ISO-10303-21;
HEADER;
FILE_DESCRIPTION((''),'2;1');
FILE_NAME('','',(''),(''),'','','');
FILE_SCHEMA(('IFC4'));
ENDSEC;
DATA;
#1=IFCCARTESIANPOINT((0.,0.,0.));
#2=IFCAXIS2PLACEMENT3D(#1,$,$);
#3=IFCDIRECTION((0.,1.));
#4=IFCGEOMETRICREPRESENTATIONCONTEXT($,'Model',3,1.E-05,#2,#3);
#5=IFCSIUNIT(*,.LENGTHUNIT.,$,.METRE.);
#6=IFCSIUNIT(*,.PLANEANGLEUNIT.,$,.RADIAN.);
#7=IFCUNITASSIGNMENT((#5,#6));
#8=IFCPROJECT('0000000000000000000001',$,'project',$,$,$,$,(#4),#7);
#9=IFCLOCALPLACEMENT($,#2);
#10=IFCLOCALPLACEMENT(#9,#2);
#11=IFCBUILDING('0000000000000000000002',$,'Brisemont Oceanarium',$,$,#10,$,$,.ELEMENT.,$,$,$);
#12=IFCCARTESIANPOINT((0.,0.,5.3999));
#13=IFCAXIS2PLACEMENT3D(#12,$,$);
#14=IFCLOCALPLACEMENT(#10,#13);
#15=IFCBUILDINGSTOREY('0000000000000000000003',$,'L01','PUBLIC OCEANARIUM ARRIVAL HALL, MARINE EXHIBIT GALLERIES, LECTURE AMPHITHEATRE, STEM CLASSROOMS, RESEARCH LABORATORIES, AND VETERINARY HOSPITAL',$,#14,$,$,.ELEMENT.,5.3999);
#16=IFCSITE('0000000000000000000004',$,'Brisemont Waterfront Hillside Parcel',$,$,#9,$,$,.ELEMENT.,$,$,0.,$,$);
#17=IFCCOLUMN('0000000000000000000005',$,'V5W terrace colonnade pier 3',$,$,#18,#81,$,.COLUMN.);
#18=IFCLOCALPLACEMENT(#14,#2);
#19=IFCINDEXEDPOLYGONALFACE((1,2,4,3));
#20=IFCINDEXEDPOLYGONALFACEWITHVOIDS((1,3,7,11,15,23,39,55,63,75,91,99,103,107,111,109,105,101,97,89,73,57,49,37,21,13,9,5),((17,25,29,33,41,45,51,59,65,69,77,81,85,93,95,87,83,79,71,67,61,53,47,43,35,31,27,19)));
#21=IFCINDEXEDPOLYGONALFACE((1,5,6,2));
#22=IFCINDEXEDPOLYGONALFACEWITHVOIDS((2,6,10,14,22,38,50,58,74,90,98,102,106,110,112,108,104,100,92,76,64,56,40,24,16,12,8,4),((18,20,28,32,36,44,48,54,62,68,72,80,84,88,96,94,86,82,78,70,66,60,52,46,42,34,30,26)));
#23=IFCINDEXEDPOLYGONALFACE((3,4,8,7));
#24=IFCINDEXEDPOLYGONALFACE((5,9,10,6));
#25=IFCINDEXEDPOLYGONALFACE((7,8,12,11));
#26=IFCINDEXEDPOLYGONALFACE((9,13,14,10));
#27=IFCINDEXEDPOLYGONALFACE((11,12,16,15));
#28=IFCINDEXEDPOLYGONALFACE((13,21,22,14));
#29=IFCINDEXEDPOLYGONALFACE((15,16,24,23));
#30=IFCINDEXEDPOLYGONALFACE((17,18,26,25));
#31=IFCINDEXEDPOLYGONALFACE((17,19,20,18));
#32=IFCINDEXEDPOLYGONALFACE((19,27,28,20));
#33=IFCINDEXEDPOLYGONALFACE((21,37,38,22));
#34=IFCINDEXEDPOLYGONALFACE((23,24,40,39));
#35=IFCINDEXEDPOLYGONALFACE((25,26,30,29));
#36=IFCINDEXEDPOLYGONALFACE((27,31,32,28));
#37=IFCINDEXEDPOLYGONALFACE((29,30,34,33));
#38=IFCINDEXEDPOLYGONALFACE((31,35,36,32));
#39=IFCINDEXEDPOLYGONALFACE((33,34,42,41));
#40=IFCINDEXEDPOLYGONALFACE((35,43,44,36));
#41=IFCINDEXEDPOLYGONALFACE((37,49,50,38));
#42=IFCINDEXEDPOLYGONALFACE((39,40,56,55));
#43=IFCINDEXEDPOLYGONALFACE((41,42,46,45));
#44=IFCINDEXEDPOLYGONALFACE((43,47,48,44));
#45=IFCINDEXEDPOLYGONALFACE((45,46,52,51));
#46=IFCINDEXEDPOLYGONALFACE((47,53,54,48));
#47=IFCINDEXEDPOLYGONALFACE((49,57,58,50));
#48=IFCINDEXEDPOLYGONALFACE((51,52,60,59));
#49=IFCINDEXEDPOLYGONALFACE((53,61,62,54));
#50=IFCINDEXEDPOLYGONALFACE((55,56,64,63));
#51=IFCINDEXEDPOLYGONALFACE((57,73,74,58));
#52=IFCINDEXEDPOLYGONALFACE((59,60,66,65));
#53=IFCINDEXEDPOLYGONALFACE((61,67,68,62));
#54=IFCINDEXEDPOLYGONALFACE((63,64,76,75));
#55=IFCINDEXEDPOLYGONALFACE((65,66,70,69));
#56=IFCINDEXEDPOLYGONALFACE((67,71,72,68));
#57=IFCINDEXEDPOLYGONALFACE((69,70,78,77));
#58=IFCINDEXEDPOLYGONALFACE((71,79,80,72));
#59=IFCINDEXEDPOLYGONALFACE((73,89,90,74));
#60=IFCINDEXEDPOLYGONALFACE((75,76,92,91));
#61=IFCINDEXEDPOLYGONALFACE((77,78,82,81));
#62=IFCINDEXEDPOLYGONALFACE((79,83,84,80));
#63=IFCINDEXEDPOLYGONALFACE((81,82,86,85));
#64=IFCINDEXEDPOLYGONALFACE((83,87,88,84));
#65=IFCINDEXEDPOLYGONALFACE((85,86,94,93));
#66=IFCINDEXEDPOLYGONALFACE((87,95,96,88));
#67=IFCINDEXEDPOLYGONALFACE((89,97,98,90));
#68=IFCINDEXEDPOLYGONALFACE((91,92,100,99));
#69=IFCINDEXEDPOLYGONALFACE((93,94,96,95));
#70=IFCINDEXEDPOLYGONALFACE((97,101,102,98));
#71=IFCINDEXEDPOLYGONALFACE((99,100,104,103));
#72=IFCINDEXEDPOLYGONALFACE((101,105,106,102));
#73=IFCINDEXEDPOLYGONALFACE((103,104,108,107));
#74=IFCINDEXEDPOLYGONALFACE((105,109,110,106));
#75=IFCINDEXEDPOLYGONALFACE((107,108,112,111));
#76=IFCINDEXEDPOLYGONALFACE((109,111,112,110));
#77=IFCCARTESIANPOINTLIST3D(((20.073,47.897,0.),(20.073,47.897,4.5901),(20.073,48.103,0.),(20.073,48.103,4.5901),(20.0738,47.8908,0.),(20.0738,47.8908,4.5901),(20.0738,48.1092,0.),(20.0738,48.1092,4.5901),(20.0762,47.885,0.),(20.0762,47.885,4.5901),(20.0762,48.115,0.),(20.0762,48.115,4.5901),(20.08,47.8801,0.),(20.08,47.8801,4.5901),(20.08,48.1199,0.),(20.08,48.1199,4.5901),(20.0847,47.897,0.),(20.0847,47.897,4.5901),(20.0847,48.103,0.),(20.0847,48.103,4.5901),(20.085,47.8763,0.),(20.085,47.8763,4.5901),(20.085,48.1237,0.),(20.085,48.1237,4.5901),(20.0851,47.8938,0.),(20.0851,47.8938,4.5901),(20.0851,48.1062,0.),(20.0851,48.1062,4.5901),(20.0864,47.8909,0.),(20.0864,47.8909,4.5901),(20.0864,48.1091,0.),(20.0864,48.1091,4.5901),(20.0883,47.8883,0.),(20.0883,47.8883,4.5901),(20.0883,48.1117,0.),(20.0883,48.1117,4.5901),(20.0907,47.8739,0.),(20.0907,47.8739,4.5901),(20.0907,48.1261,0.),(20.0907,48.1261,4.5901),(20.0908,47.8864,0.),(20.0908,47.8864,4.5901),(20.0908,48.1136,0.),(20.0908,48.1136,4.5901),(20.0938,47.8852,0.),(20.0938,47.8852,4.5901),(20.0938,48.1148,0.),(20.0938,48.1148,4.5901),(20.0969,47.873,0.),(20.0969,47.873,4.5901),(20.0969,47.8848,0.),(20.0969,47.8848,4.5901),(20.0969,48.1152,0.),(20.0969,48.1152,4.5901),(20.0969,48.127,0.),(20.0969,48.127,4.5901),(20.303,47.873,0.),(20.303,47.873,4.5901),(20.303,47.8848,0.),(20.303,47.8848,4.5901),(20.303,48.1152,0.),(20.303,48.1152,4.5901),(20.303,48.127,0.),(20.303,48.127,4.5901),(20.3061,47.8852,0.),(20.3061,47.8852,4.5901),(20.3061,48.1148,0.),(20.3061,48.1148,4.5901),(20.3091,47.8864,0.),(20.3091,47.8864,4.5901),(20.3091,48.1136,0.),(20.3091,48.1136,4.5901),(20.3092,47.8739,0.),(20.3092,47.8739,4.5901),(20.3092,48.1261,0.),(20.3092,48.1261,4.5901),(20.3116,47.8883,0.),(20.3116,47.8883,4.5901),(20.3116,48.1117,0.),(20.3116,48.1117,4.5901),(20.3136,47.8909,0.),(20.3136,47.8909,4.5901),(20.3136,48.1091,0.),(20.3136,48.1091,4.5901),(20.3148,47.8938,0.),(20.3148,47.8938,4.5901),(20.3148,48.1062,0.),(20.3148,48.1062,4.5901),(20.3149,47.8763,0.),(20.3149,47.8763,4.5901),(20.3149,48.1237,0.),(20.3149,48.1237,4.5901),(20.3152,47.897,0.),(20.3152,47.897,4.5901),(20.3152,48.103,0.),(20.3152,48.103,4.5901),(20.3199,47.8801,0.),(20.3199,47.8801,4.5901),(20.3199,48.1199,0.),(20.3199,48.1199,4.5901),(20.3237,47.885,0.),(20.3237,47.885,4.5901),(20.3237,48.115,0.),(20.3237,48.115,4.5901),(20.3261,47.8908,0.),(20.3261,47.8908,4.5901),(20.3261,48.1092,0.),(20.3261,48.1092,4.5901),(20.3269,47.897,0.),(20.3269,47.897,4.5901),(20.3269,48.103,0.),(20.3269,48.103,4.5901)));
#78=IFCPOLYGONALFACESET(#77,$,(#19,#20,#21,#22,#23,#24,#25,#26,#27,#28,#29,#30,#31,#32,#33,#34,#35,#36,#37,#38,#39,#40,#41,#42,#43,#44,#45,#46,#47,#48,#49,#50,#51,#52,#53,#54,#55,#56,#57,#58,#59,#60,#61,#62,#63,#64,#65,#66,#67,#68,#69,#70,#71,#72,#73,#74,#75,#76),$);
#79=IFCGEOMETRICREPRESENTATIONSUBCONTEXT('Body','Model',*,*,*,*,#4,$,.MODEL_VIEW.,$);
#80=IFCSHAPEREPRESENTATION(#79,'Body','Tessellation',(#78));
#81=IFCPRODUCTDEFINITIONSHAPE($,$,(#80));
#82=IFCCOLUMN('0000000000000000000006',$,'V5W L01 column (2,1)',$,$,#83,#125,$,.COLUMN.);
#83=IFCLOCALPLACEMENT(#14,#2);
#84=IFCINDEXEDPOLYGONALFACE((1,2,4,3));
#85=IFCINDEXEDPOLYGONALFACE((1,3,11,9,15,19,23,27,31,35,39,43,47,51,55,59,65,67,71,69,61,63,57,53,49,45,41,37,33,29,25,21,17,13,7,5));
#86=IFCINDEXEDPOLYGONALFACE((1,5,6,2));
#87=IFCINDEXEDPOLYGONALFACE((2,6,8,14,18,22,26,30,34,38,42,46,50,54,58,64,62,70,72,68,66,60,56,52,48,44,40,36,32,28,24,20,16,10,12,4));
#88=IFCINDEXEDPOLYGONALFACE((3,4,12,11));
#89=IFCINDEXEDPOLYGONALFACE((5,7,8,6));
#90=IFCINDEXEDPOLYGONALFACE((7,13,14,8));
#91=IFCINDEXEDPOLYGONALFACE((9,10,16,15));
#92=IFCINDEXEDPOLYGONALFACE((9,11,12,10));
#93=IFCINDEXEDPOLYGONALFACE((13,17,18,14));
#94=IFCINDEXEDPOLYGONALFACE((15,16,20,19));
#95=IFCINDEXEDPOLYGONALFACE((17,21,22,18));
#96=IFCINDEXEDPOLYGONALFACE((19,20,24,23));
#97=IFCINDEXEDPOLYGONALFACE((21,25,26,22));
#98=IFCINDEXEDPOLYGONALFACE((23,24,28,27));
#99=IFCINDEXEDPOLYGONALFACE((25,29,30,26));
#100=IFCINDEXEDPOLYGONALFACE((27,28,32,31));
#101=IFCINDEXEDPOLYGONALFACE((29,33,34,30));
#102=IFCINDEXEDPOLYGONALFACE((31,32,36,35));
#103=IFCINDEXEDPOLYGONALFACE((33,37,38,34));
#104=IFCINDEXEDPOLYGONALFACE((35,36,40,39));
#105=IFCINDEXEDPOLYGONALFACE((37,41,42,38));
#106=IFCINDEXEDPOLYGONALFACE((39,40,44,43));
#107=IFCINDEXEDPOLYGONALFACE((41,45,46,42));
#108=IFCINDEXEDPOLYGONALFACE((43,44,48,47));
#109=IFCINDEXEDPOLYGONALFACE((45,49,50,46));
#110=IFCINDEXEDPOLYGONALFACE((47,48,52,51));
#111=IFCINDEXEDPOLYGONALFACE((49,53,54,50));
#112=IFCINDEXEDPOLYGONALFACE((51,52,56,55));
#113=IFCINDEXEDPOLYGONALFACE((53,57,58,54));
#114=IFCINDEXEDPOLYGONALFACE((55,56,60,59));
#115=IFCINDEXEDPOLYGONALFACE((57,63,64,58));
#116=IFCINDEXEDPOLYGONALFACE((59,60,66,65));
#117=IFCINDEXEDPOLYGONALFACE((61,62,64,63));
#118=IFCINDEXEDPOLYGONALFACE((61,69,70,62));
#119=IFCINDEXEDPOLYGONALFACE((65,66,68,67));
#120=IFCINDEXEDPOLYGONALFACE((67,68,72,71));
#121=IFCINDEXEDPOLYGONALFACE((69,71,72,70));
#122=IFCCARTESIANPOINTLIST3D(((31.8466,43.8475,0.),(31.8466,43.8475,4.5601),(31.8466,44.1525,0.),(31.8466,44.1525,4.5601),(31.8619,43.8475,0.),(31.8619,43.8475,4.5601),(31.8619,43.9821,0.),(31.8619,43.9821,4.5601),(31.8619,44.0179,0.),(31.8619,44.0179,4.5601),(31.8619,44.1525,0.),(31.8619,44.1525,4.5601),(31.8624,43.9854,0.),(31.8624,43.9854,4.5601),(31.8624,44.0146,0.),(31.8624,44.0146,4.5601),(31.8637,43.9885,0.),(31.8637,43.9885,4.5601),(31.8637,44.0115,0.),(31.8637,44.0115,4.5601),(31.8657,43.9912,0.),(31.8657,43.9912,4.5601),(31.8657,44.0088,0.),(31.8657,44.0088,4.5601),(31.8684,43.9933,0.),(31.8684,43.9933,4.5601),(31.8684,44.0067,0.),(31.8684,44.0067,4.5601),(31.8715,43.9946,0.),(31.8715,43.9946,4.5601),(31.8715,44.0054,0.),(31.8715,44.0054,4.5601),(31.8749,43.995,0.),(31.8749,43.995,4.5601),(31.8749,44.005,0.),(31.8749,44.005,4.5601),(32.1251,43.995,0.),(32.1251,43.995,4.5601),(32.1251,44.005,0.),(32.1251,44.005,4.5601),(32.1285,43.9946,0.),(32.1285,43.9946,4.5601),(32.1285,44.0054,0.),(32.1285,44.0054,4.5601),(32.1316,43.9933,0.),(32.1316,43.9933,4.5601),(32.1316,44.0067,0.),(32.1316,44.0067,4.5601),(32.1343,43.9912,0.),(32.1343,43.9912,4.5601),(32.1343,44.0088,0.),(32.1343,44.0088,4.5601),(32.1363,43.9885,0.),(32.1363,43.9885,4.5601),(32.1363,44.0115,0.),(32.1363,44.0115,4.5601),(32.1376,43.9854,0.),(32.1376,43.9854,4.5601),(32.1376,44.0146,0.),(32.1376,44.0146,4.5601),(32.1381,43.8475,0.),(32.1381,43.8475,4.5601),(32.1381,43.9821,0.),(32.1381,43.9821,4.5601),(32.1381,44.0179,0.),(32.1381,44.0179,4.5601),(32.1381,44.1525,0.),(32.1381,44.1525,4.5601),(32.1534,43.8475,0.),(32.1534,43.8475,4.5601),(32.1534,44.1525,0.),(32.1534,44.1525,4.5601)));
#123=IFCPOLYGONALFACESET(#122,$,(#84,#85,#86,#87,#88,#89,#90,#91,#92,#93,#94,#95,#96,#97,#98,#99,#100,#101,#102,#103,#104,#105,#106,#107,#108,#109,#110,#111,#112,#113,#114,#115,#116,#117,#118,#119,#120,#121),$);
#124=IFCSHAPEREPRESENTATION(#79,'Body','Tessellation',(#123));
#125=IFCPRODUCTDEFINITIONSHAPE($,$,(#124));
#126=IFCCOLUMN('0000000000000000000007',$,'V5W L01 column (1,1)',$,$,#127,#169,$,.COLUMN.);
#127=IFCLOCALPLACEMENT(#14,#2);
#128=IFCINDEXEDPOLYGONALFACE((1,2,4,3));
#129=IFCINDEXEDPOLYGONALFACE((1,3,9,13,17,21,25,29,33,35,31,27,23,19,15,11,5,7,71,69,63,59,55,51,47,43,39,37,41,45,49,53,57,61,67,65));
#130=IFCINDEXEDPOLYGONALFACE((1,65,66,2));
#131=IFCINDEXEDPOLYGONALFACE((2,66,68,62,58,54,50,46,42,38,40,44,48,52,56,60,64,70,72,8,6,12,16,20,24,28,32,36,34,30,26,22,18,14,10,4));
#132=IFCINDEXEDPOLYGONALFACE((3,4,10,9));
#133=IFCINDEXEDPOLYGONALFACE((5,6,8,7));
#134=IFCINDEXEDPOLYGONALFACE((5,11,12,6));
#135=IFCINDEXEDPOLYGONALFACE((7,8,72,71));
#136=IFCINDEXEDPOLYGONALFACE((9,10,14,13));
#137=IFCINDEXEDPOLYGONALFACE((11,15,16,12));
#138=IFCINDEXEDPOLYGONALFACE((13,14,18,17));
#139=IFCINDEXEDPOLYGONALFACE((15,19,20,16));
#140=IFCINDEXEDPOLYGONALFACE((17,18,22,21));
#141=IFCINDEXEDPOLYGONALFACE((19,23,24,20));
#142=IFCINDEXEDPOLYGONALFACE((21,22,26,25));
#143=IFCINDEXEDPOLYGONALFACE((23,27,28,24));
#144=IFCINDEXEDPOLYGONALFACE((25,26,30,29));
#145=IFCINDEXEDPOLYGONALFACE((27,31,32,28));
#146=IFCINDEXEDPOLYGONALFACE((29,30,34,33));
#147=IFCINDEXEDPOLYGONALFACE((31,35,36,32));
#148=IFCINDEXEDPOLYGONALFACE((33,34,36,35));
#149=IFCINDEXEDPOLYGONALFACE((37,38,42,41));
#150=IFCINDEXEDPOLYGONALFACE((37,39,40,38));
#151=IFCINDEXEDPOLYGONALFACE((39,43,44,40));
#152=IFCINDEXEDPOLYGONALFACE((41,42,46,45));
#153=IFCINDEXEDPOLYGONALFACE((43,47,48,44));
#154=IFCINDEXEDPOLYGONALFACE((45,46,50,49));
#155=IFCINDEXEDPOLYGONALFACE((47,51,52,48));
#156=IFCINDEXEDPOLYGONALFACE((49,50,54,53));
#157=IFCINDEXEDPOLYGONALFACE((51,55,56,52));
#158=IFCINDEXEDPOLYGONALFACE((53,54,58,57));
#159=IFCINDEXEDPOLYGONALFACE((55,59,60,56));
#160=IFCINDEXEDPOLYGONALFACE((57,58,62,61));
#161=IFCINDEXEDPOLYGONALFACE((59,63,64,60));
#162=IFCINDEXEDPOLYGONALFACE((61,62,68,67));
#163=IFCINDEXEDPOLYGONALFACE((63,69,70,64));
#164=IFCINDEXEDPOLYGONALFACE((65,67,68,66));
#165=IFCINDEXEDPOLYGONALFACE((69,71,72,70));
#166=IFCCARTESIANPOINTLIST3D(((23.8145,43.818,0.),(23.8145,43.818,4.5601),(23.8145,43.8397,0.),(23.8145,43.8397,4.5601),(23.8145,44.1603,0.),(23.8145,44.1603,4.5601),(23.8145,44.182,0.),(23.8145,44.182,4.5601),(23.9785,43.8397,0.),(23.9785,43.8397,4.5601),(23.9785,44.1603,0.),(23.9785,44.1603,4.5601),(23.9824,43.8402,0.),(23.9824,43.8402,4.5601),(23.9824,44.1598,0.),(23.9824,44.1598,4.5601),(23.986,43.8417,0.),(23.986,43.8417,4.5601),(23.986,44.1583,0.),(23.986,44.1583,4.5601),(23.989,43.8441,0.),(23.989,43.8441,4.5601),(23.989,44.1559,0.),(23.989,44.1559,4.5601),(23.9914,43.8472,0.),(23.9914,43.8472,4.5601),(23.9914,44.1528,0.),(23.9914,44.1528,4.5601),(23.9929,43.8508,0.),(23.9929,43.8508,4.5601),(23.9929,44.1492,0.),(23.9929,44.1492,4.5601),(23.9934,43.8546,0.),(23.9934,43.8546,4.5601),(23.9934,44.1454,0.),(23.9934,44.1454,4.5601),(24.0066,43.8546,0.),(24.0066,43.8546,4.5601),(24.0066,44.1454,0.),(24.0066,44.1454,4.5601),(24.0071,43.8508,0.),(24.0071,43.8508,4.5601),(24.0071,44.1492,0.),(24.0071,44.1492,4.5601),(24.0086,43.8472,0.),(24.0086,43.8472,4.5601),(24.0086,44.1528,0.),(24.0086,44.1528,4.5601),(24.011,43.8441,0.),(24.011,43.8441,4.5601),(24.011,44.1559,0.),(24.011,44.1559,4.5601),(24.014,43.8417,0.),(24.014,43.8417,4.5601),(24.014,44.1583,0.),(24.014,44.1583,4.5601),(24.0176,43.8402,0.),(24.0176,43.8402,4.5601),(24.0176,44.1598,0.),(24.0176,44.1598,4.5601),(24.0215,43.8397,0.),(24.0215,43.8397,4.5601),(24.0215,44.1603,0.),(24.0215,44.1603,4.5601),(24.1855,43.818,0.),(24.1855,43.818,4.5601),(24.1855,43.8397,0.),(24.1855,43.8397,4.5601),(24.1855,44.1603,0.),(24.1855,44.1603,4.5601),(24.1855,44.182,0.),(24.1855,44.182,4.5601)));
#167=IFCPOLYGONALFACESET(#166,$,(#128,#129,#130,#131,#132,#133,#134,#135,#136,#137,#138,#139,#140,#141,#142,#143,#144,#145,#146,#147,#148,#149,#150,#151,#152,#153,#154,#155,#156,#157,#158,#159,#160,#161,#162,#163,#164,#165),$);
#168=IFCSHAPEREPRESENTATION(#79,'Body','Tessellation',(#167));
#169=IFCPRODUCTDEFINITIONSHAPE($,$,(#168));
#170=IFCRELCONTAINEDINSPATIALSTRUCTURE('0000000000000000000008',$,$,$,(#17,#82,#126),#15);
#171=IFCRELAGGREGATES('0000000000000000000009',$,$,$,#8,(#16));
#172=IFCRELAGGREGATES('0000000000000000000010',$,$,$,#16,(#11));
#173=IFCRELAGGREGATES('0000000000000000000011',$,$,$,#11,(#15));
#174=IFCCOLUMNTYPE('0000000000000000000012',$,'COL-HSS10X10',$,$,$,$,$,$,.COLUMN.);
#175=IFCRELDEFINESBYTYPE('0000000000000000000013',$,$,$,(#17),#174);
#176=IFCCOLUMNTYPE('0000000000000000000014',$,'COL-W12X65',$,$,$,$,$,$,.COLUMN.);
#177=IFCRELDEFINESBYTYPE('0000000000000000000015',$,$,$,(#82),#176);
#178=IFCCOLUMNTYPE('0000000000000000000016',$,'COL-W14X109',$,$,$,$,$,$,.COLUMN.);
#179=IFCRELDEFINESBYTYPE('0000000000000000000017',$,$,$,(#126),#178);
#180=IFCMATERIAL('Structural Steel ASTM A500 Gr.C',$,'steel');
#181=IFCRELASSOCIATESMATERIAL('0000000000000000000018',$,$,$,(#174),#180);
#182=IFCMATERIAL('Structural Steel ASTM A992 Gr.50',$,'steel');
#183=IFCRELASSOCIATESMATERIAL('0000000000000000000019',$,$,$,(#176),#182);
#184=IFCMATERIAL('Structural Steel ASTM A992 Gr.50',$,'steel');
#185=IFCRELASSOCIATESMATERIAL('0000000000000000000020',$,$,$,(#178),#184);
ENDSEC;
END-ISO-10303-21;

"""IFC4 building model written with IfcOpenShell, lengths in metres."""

from ifc_helpers import new_model, si_unit, direction, frame, origin, origin_2d, place, context, subcontext, project, spatial, hollow_rectangle, i_section, extrude, material, material_profile, profile_set, type_object, element, save


model = new_model("IFC4")

# Units and contexts
model_context = context("Model", 3, precision=1e-05, world=origin(), true_north=direction((0.0, 1.0)))
body_context = subcontext(model_context, "Body", "Model", "MODEL_VIEW")
ifc_project = project(units=[si_unit("LENGTHUNIT", "METRE"), si_unit("PLANEANGLEUNIT", "RADIAN")], contexts=[model_context])

# Site, building, storey
site_placement = place(None, origin())
site = spatial("IfcSite", under=ifc_project, at=site_placement, Name="Brisemont Waterfront Hillside Parcel", CompositionType="ELEMENT", RefElevation=0.0)
building_placement = place(site_placement, origin())
building = spatial("IfcBuilding", under=site, at=building_placement, Name="Brisemont Oceanarium", CompositionType="ELEMENT")
storey_placement = place(building_placement, frame((0.0, 0.0, 5.3999)))
storey = spatial("IfcBuildingStorey", under=building, at=storey_placement, Name="L01", Description="PUBLIC OCEANARIUM ARRIVAL HALL, MARINE EXHIBIT GALLERIES, LECTURE AMPHITHEATRE, STEM CLASSROOMS, RESEARCH LABORATORIES, AND VETERINARY HOSPITAL", CompositionType="ELEMENT", Elevation=5.3999)

# Columns
ifc_material_1 = material(Name="Structural Steel ASTM A500 Gr.C", Category="steel")
ifc_material_profile_1 = material_profile(ifc_material_1, hollow_rectangle(XDim=0.2539, YDim=0.2539, WallThickness=0.0117, InnerFilletRadius=0.0122, OuterFilletRadius=0.0239, at=origin_2d()), Name="HSS10X10X1/2")
ifc_profile_set_1 = profile_set([ifc_material_profile_1], Name="Structural Steel ASTM A500 Gr.C")
column_type_1 = type_object("IfcColumnType", Name="COL-HSS10X10", PredefinedType="COLUMN", material=ifc_profile_set_1)
column_1_placement = place(storey_placement, frame((20.2, 48.0, 0.0), z_axis=(0.0, 0.0, 1.0), x_axis=(1.0, 0.0, 0.0)))
element("IfcColumn", 1, at=column_1_placement, inside=storey, type_object=column_type_1, Name="V5W terrace colonnade pier 3", PredefinedType="COLUMN", context=body_context, shape_type="SweptSolid", body=[
    extrude(hollow_rectangle(XDim=0.2539, YDim=0.2539, WallThickness=0.0117, InnerFilletRadius=0.0122, OuterFilletRadius=0.0239, at=origin_2d()), origin(), (0.0, 0.0, 1.0), 4.5901),
])
ifc_material_2 = material(Name="Structural Steel ASTM A992 Gr.50", Category="steel")
ifc_material_profile_2 = material_profile(ifc_material_2, i_section(OverallWidth=0.3049, OverallDepth=0.3069, WebThickness=0.01, FlangeThickness=0.0154, FilletRadius=0.0129, at=origin_2d()), Name="W12X65")
ifc_profile_set_2 = profile_set([ifc_material_profile_2], Name="Structural Steel ASTM A992 Gr.50")
column_type_2 = type_object("IfcColumnType", Name="COL-W12X65", PredefinedType="COLUMN", material=ifc_profile_set_2)
column_2_placement = place(storey_placement, frame((32.0, 44.0, 0.0), z_axis=(0.0, 0.0, 1.0), x_axis=(0.0, 1.0, 0.0)))
element("IfcColumn", 2, at=column_2_placement, inside=storey, type_object=column_type_2, Name="V5W L01 column (2,1)", PredefinedType="COLUMN", context=body_context, shape_type="SweptSolid", body=[
    extrude(i_section(OverallWidth=0.3049, OverallDepth=0.3069, WebThickness=0.01, FlangeThickness=0.0154, FilletRadius=0.0129, at=origin_2d()), origin(), (0.0, 0.0, 1.0), 4.5601),
])
ifc_material_3 = material(Name="Structural Steel ASTM A992 Gr.50", Category="steel")
ifc_material_profile_3 = material_profile(ifc_material_3, i_section(OverallWidth=0.3711, OverallDepth=0.364, WebThickness=0.0132, FlangeThickness=0.0217, FilletRadius=0.0149, at=origin_2d()), Name="W14X109")
ifc_profile_set_3 = profile_set([ifc_material_profile_3], Name="Structural Steel ASTM A992 Gr.50")
column_type_3 = type_object("IfcColumnType", Name="COL-W14X109", PredefinedType="COLUMN", material=ifc_profile_set_3)
column_3_placement = place(storey_placement, frame((24.0, 44.0, 0.0), z_axis=(0.0, 0.0, 1.0), x_axis=(1.0, 0.0, 0.0)))
element("IfcColumn", 3, at=column_3_placement, inside=storey, type_object=column_type_3, Name="V5W L01 column (1,1)", PredefinedType="COLUMN", context=body_context, shape_type="SweptSolid", body=[
    extrude(i_section(OverallWidth=0.3711, OverallDepth=0.364, WebThickness=0.0132, FlangeThickness=0.0217, FilletRadius=0.0149, at=origin_2d()), origin(), (0.0, 0.0, 1.0), 4.5601),
])

save(model, "model.ifc")
